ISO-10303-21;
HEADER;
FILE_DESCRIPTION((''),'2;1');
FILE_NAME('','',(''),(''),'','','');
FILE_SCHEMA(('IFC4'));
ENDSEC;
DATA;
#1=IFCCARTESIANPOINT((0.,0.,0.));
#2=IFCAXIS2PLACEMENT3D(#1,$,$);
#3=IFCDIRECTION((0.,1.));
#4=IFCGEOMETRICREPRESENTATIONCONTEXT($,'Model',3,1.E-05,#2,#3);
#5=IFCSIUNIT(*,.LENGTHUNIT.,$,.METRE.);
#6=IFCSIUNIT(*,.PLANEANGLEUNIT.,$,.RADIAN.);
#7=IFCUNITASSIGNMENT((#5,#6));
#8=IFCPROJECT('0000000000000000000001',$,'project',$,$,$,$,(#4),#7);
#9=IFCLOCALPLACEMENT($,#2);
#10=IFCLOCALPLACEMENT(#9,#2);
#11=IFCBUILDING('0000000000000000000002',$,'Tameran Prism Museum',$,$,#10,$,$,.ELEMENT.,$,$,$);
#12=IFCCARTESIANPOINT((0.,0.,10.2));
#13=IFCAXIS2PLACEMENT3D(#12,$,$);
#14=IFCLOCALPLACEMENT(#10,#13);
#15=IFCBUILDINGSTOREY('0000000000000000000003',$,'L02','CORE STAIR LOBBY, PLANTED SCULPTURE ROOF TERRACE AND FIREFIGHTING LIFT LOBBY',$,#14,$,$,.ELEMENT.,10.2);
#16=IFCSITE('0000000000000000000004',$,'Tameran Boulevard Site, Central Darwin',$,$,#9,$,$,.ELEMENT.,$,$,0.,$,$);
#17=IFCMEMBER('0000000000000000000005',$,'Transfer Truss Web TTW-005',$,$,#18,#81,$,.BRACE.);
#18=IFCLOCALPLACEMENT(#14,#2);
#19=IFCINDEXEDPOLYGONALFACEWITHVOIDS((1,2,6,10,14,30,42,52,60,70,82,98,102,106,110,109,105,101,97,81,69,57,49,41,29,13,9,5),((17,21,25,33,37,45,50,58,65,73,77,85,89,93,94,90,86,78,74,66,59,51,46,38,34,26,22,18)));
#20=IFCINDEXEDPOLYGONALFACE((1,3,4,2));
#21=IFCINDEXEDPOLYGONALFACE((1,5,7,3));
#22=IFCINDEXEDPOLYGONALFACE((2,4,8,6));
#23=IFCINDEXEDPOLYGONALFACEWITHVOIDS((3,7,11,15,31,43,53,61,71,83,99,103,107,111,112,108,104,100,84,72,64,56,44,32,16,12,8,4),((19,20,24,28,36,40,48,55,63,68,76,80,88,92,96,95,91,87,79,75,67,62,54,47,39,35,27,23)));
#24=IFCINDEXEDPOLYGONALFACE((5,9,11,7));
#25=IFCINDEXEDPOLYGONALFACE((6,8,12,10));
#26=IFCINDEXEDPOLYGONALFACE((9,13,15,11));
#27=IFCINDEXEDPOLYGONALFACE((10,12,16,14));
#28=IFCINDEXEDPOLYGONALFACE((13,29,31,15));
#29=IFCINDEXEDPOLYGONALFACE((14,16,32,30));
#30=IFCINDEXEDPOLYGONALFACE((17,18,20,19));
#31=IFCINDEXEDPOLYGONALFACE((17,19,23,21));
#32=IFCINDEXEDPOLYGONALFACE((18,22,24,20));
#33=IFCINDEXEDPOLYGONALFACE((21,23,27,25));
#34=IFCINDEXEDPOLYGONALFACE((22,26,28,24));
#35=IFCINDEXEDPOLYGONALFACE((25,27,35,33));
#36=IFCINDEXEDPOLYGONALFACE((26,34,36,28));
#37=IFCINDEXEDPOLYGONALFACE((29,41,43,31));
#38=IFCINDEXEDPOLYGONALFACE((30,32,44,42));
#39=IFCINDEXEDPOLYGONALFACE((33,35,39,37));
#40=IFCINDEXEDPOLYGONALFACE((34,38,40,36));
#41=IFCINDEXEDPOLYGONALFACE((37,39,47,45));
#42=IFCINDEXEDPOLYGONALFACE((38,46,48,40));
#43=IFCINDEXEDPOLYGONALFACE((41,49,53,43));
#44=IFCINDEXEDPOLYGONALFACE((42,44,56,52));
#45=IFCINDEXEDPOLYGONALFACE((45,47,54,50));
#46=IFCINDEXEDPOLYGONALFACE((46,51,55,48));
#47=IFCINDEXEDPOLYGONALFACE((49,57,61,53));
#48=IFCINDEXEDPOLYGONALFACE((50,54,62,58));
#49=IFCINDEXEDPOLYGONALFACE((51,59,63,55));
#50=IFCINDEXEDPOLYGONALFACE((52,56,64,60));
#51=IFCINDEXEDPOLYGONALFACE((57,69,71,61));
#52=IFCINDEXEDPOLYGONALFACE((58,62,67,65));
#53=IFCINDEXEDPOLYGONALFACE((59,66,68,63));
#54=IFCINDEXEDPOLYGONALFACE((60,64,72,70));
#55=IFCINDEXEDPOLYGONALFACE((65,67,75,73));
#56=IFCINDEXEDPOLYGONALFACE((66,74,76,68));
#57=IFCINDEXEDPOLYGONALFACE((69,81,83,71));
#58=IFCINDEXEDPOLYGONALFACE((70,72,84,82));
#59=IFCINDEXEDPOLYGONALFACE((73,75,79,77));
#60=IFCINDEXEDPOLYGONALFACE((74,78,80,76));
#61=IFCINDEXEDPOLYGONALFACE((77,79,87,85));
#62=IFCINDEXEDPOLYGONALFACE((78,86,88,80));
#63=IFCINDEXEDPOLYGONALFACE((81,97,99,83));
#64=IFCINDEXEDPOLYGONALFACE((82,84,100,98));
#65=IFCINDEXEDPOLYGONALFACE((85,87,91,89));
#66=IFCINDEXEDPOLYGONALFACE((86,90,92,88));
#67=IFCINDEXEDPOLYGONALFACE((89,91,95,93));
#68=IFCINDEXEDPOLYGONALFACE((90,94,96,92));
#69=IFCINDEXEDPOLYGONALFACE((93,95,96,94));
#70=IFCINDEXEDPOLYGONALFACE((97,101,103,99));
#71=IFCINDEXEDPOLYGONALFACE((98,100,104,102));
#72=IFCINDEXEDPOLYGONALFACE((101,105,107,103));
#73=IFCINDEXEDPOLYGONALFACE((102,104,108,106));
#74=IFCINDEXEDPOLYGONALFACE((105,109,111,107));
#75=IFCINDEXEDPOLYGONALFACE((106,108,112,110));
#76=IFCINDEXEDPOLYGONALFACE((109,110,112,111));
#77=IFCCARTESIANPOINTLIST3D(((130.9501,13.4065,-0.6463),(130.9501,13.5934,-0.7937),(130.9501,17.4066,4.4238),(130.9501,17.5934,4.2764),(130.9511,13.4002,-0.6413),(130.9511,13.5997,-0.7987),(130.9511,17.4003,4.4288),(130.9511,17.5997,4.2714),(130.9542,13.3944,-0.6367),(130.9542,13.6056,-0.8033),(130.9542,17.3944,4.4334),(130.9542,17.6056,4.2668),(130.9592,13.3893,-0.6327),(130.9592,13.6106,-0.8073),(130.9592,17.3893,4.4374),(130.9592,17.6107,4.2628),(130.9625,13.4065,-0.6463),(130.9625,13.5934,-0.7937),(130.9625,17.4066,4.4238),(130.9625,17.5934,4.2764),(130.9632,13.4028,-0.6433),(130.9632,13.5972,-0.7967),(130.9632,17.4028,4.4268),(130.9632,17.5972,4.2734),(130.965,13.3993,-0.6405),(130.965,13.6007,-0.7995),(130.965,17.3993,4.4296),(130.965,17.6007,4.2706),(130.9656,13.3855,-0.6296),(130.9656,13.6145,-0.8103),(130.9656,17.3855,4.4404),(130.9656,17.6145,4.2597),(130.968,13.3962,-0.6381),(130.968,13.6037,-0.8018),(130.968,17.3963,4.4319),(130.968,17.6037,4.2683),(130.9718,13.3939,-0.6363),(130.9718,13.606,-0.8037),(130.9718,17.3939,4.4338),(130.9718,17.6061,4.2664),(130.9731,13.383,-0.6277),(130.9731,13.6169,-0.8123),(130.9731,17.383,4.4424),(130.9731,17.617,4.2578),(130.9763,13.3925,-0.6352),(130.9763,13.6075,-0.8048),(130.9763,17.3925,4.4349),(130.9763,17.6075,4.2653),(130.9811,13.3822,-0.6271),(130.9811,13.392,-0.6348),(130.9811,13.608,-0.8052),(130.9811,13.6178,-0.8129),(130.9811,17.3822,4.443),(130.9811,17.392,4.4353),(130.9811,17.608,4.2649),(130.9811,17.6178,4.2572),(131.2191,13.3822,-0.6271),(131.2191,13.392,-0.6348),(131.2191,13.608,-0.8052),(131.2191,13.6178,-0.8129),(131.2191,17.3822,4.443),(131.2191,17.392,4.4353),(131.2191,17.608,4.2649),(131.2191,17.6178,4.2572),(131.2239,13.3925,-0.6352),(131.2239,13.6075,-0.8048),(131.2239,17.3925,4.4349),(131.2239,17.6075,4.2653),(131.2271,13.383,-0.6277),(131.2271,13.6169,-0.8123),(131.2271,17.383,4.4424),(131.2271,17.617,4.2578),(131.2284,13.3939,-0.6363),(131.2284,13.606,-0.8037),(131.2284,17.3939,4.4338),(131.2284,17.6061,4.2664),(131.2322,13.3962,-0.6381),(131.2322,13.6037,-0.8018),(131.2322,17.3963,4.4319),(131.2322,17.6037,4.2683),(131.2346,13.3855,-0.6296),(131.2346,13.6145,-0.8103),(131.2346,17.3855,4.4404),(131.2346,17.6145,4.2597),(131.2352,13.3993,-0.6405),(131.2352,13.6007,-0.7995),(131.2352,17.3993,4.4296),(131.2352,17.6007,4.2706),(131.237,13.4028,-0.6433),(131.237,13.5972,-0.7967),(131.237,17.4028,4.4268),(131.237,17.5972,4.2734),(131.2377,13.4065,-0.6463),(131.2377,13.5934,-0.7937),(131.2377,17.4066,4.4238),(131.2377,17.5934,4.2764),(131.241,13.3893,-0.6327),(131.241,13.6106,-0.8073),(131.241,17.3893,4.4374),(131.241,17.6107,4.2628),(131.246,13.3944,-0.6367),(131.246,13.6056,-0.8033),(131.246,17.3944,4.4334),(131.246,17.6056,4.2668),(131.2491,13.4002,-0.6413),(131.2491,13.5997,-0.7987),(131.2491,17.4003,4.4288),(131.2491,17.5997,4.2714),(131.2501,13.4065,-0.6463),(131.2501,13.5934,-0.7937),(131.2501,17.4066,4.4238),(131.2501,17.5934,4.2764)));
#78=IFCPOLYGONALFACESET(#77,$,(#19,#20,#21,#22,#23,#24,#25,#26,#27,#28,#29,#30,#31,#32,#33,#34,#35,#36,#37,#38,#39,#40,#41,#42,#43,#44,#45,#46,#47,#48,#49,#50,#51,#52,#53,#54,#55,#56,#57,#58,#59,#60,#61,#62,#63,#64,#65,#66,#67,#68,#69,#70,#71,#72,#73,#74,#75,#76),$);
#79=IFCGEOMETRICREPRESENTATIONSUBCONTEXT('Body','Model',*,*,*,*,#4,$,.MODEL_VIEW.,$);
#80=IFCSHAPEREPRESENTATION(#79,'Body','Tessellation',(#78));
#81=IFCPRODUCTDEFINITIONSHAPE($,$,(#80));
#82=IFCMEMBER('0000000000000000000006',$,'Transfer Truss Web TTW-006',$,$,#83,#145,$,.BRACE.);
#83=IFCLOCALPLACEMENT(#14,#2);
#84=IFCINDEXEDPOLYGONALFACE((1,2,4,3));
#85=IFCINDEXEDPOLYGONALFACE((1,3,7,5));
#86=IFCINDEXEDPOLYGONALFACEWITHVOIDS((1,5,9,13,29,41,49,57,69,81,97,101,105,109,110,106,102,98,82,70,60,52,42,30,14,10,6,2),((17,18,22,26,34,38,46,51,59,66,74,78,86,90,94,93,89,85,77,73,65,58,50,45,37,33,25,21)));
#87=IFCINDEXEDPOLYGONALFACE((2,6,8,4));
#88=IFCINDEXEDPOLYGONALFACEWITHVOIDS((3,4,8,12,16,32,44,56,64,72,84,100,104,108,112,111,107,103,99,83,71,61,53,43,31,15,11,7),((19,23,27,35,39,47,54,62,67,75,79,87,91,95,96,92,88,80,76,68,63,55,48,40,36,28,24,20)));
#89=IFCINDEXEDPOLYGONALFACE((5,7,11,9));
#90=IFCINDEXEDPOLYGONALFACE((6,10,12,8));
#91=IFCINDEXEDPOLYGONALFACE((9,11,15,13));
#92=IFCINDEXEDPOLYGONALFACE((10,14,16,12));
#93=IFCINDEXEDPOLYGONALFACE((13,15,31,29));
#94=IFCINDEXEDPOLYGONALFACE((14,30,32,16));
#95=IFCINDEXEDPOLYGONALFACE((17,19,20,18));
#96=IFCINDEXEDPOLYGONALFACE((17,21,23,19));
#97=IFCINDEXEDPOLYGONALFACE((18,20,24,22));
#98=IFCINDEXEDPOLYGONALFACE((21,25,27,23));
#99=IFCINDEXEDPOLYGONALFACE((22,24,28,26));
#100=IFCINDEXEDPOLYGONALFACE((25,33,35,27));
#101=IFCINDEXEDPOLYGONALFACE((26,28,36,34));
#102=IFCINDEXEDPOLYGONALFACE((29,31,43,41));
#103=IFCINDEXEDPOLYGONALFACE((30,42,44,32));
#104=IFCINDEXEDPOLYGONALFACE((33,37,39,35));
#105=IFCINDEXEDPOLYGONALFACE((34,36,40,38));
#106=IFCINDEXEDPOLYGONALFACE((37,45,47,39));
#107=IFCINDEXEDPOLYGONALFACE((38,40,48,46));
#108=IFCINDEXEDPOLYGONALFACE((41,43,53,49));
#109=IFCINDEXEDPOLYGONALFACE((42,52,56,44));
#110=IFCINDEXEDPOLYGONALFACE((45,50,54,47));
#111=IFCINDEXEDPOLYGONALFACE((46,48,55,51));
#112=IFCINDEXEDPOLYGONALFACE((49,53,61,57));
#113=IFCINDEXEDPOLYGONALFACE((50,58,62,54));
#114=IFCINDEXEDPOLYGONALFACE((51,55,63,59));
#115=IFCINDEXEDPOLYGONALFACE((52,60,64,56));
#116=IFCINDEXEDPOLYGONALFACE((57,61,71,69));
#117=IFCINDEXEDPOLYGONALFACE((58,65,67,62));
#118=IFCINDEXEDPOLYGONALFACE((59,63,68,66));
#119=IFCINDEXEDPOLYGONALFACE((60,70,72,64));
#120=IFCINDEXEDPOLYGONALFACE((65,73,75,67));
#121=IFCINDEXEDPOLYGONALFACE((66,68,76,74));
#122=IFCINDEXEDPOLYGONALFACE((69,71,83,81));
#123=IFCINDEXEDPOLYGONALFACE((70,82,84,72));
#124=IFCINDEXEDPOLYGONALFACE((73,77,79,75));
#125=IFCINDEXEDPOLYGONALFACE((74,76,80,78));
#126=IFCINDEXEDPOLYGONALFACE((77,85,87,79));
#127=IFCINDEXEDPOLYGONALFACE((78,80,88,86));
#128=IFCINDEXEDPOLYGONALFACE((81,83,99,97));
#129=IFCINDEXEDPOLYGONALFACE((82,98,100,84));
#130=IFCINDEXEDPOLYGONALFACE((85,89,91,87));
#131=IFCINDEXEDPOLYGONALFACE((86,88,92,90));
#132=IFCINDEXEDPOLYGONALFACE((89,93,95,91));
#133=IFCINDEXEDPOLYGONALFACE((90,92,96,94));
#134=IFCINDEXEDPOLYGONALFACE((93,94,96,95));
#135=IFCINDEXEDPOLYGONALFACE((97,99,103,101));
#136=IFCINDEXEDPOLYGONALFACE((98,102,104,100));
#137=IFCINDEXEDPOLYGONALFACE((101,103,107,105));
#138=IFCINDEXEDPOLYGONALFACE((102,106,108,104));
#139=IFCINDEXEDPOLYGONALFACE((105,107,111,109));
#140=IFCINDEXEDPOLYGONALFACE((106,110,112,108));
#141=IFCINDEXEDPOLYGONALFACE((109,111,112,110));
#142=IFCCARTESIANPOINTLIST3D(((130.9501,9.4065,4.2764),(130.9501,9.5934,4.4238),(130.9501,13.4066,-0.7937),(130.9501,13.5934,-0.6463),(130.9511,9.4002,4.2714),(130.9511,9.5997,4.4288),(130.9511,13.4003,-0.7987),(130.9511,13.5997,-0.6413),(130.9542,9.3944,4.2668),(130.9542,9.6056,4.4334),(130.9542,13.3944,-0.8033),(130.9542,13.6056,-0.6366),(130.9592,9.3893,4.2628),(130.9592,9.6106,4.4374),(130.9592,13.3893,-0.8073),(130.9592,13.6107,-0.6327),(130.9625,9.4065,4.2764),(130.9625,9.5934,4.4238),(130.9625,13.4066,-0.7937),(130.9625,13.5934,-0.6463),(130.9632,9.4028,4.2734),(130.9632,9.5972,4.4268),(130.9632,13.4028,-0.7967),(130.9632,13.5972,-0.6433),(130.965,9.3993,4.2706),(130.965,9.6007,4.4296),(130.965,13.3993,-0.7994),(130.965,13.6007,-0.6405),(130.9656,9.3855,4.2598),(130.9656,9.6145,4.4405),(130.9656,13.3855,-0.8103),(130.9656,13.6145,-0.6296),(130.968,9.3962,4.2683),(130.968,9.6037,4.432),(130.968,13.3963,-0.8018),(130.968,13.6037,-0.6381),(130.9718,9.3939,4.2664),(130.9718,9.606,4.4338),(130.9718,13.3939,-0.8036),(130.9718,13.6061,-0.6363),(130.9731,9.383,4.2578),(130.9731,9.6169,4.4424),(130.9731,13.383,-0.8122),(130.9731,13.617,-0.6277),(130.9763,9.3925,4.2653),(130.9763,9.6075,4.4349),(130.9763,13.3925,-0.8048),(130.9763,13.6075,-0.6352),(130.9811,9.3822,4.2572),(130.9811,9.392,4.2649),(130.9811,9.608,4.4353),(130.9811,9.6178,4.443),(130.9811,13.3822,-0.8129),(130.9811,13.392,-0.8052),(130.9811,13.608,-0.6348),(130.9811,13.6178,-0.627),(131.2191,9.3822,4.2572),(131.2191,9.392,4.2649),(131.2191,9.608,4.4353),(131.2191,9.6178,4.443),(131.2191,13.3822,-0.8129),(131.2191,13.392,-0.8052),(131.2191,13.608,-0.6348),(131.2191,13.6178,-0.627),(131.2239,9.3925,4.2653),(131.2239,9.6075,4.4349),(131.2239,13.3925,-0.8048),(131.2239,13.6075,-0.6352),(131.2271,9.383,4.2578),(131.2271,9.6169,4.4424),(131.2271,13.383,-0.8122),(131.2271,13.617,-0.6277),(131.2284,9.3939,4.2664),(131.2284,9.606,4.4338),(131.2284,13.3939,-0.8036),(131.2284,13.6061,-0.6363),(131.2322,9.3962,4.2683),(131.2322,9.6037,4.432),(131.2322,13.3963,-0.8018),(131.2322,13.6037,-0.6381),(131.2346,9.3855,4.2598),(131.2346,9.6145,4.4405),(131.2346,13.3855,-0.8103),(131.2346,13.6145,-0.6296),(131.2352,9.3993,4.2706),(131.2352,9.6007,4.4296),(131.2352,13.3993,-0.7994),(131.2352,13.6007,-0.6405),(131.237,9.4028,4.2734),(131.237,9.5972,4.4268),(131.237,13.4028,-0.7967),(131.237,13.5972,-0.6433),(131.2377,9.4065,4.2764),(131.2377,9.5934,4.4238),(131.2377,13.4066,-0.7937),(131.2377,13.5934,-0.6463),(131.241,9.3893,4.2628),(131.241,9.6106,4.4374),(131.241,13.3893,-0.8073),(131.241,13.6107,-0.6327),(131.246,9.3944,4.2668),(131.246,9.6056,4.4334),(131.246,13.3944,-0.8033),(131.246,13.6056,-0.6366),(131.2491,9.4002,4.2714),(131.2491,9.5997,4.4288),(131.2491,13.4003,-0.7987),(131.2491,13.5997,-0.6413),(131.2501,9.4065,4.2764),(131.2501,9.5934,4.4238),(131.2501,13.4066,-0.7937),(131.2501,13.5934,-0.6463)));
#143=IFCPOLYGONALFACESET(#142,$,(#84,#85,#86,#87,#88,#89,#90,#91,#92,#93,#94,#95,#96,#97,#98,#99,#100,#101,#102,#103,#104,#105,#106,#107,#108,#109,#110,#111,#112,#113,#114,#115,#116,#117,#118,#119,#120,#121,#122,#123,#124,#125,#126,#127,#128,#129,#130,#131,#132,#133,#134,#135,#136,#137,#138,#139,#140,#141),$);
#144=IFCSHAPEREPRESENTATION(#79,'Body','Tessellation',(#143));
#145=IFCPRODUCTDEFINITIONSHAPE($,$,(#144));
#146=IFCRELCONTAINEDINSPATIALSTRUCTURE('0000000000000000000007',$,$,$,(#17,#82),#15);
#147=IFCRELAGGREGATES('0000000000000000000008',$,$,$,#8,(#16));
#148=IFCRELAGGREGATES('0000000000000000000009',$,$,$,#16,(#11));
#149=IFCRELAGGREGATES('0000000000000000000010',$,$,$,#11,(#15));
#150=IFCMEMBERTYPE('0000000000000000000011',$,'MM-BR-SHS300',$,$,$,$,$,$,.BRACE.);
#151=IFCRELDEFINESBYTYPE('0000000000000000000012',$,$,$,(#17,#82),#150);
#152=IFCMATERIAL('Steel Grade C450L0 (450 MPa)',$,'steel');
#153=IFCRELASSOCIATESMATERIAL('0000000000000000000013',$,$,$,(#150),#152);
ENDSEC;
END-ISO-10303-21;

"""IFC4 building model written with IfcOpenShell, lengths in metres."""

from ifc_helpers import new_model, si_unit, direction, frame, origin, origin_2d, place, context, subcontext, project, spatial, hollow_rectangle, extrude, material, material_profile, profile_set, type_object, element, save


model = new_model("IFC4")

# Units and contexts
model_context = context("Model", 3, precision=1e-05, world=origin(), true_north=direction((0.0, 1.0)))
body_context = subcontext(model_context, "Body", "Model", "MODEL_VIEW")
ifc_project = project(units=[si_unit("LENGTHUNIT", "METRE"), si_unit("PLANEANGLEUNIT", "RADIAN")], contexts=[model_context])

# Site, building, storey
site_placement = place(None, origin())
site = spatial("IfcSite", under=ifc_project, at=site_placement, Name="Tameran Boulevard Site, Central Darwin", CompositionType="ELEMENT", RefElevation=0.0)
building_placement = place(site_placement, origin())
building = spatial("IfcBuilding", under=site, at=building_placement, Name="Tameran Prism Museum", CompositionType="ELEMENT")
storey_placement = place(building_placement, frame((0.0, 0.0, 10.2)))
storey = spatial("IfcBuildingStorey", under=building, at=storey_placement, Name="L02", Description="CORE STAIR LOBBY, PLANTED SCULPTURE ROOF TERRACE AND FIREFIGHTING LIFT LOBBY", CompositionType="ELEMENT", Elevation=10.2)

# Members
ifc_material_1 = material(Name="Steel Grade C450L0 (450 MPa)", Category="steel")
ifc_material_profile_1 = material_profile(ifc_material_1, hollow_rectangle(XDim=0.3, YDim=0.3, WallThickness=0.0125, InnerFilletRadius=0.0186, OuterFilletRadius=0.031, at=origin_2d()))
ifc_profile_set_1 = profile_set([ifc_material_profile_1])
member_type_1 = type_object("IfcMemberType", Name="MM-BR-SHS300", PredefinedType="BRACE", material=ifc_profile_set_1)
for number, where, z_axis, x_axis, name in (
    (1, (131.1001, 17.5, 4.3501), (0.0, -0.619388, -0.785085), (1.0, 0.0, 0.0), "Transfer Truss Web TTW-005"),
    (2, (131.1001, 13.5, -0.72), (0.0, -0.619388, 0.785085), (1.0, 0.0, 0.0), "Transfer Truss Web TTW-006"),
):
    element("IfcMember", number, at=place(storey_placement, frame(where, z_axis=z_axis, x_axis=x_axis)), inside=storey, type_object=member_type_1, Name=name, PredefinedType="BRACE", context=body_context, shape_type="SweptSolid", body=[
        extrude(hollow_rectangle(XDim=0.3, YDim=0.3, WallThickness=0.0125, InnerFilletRadius=0.0186, OuterFilletRadius=0.031, at=origin_2d()), origin(), (0.0, 0.0, 1.0), 6.458),
    ])

save(model, "model.ifc")
